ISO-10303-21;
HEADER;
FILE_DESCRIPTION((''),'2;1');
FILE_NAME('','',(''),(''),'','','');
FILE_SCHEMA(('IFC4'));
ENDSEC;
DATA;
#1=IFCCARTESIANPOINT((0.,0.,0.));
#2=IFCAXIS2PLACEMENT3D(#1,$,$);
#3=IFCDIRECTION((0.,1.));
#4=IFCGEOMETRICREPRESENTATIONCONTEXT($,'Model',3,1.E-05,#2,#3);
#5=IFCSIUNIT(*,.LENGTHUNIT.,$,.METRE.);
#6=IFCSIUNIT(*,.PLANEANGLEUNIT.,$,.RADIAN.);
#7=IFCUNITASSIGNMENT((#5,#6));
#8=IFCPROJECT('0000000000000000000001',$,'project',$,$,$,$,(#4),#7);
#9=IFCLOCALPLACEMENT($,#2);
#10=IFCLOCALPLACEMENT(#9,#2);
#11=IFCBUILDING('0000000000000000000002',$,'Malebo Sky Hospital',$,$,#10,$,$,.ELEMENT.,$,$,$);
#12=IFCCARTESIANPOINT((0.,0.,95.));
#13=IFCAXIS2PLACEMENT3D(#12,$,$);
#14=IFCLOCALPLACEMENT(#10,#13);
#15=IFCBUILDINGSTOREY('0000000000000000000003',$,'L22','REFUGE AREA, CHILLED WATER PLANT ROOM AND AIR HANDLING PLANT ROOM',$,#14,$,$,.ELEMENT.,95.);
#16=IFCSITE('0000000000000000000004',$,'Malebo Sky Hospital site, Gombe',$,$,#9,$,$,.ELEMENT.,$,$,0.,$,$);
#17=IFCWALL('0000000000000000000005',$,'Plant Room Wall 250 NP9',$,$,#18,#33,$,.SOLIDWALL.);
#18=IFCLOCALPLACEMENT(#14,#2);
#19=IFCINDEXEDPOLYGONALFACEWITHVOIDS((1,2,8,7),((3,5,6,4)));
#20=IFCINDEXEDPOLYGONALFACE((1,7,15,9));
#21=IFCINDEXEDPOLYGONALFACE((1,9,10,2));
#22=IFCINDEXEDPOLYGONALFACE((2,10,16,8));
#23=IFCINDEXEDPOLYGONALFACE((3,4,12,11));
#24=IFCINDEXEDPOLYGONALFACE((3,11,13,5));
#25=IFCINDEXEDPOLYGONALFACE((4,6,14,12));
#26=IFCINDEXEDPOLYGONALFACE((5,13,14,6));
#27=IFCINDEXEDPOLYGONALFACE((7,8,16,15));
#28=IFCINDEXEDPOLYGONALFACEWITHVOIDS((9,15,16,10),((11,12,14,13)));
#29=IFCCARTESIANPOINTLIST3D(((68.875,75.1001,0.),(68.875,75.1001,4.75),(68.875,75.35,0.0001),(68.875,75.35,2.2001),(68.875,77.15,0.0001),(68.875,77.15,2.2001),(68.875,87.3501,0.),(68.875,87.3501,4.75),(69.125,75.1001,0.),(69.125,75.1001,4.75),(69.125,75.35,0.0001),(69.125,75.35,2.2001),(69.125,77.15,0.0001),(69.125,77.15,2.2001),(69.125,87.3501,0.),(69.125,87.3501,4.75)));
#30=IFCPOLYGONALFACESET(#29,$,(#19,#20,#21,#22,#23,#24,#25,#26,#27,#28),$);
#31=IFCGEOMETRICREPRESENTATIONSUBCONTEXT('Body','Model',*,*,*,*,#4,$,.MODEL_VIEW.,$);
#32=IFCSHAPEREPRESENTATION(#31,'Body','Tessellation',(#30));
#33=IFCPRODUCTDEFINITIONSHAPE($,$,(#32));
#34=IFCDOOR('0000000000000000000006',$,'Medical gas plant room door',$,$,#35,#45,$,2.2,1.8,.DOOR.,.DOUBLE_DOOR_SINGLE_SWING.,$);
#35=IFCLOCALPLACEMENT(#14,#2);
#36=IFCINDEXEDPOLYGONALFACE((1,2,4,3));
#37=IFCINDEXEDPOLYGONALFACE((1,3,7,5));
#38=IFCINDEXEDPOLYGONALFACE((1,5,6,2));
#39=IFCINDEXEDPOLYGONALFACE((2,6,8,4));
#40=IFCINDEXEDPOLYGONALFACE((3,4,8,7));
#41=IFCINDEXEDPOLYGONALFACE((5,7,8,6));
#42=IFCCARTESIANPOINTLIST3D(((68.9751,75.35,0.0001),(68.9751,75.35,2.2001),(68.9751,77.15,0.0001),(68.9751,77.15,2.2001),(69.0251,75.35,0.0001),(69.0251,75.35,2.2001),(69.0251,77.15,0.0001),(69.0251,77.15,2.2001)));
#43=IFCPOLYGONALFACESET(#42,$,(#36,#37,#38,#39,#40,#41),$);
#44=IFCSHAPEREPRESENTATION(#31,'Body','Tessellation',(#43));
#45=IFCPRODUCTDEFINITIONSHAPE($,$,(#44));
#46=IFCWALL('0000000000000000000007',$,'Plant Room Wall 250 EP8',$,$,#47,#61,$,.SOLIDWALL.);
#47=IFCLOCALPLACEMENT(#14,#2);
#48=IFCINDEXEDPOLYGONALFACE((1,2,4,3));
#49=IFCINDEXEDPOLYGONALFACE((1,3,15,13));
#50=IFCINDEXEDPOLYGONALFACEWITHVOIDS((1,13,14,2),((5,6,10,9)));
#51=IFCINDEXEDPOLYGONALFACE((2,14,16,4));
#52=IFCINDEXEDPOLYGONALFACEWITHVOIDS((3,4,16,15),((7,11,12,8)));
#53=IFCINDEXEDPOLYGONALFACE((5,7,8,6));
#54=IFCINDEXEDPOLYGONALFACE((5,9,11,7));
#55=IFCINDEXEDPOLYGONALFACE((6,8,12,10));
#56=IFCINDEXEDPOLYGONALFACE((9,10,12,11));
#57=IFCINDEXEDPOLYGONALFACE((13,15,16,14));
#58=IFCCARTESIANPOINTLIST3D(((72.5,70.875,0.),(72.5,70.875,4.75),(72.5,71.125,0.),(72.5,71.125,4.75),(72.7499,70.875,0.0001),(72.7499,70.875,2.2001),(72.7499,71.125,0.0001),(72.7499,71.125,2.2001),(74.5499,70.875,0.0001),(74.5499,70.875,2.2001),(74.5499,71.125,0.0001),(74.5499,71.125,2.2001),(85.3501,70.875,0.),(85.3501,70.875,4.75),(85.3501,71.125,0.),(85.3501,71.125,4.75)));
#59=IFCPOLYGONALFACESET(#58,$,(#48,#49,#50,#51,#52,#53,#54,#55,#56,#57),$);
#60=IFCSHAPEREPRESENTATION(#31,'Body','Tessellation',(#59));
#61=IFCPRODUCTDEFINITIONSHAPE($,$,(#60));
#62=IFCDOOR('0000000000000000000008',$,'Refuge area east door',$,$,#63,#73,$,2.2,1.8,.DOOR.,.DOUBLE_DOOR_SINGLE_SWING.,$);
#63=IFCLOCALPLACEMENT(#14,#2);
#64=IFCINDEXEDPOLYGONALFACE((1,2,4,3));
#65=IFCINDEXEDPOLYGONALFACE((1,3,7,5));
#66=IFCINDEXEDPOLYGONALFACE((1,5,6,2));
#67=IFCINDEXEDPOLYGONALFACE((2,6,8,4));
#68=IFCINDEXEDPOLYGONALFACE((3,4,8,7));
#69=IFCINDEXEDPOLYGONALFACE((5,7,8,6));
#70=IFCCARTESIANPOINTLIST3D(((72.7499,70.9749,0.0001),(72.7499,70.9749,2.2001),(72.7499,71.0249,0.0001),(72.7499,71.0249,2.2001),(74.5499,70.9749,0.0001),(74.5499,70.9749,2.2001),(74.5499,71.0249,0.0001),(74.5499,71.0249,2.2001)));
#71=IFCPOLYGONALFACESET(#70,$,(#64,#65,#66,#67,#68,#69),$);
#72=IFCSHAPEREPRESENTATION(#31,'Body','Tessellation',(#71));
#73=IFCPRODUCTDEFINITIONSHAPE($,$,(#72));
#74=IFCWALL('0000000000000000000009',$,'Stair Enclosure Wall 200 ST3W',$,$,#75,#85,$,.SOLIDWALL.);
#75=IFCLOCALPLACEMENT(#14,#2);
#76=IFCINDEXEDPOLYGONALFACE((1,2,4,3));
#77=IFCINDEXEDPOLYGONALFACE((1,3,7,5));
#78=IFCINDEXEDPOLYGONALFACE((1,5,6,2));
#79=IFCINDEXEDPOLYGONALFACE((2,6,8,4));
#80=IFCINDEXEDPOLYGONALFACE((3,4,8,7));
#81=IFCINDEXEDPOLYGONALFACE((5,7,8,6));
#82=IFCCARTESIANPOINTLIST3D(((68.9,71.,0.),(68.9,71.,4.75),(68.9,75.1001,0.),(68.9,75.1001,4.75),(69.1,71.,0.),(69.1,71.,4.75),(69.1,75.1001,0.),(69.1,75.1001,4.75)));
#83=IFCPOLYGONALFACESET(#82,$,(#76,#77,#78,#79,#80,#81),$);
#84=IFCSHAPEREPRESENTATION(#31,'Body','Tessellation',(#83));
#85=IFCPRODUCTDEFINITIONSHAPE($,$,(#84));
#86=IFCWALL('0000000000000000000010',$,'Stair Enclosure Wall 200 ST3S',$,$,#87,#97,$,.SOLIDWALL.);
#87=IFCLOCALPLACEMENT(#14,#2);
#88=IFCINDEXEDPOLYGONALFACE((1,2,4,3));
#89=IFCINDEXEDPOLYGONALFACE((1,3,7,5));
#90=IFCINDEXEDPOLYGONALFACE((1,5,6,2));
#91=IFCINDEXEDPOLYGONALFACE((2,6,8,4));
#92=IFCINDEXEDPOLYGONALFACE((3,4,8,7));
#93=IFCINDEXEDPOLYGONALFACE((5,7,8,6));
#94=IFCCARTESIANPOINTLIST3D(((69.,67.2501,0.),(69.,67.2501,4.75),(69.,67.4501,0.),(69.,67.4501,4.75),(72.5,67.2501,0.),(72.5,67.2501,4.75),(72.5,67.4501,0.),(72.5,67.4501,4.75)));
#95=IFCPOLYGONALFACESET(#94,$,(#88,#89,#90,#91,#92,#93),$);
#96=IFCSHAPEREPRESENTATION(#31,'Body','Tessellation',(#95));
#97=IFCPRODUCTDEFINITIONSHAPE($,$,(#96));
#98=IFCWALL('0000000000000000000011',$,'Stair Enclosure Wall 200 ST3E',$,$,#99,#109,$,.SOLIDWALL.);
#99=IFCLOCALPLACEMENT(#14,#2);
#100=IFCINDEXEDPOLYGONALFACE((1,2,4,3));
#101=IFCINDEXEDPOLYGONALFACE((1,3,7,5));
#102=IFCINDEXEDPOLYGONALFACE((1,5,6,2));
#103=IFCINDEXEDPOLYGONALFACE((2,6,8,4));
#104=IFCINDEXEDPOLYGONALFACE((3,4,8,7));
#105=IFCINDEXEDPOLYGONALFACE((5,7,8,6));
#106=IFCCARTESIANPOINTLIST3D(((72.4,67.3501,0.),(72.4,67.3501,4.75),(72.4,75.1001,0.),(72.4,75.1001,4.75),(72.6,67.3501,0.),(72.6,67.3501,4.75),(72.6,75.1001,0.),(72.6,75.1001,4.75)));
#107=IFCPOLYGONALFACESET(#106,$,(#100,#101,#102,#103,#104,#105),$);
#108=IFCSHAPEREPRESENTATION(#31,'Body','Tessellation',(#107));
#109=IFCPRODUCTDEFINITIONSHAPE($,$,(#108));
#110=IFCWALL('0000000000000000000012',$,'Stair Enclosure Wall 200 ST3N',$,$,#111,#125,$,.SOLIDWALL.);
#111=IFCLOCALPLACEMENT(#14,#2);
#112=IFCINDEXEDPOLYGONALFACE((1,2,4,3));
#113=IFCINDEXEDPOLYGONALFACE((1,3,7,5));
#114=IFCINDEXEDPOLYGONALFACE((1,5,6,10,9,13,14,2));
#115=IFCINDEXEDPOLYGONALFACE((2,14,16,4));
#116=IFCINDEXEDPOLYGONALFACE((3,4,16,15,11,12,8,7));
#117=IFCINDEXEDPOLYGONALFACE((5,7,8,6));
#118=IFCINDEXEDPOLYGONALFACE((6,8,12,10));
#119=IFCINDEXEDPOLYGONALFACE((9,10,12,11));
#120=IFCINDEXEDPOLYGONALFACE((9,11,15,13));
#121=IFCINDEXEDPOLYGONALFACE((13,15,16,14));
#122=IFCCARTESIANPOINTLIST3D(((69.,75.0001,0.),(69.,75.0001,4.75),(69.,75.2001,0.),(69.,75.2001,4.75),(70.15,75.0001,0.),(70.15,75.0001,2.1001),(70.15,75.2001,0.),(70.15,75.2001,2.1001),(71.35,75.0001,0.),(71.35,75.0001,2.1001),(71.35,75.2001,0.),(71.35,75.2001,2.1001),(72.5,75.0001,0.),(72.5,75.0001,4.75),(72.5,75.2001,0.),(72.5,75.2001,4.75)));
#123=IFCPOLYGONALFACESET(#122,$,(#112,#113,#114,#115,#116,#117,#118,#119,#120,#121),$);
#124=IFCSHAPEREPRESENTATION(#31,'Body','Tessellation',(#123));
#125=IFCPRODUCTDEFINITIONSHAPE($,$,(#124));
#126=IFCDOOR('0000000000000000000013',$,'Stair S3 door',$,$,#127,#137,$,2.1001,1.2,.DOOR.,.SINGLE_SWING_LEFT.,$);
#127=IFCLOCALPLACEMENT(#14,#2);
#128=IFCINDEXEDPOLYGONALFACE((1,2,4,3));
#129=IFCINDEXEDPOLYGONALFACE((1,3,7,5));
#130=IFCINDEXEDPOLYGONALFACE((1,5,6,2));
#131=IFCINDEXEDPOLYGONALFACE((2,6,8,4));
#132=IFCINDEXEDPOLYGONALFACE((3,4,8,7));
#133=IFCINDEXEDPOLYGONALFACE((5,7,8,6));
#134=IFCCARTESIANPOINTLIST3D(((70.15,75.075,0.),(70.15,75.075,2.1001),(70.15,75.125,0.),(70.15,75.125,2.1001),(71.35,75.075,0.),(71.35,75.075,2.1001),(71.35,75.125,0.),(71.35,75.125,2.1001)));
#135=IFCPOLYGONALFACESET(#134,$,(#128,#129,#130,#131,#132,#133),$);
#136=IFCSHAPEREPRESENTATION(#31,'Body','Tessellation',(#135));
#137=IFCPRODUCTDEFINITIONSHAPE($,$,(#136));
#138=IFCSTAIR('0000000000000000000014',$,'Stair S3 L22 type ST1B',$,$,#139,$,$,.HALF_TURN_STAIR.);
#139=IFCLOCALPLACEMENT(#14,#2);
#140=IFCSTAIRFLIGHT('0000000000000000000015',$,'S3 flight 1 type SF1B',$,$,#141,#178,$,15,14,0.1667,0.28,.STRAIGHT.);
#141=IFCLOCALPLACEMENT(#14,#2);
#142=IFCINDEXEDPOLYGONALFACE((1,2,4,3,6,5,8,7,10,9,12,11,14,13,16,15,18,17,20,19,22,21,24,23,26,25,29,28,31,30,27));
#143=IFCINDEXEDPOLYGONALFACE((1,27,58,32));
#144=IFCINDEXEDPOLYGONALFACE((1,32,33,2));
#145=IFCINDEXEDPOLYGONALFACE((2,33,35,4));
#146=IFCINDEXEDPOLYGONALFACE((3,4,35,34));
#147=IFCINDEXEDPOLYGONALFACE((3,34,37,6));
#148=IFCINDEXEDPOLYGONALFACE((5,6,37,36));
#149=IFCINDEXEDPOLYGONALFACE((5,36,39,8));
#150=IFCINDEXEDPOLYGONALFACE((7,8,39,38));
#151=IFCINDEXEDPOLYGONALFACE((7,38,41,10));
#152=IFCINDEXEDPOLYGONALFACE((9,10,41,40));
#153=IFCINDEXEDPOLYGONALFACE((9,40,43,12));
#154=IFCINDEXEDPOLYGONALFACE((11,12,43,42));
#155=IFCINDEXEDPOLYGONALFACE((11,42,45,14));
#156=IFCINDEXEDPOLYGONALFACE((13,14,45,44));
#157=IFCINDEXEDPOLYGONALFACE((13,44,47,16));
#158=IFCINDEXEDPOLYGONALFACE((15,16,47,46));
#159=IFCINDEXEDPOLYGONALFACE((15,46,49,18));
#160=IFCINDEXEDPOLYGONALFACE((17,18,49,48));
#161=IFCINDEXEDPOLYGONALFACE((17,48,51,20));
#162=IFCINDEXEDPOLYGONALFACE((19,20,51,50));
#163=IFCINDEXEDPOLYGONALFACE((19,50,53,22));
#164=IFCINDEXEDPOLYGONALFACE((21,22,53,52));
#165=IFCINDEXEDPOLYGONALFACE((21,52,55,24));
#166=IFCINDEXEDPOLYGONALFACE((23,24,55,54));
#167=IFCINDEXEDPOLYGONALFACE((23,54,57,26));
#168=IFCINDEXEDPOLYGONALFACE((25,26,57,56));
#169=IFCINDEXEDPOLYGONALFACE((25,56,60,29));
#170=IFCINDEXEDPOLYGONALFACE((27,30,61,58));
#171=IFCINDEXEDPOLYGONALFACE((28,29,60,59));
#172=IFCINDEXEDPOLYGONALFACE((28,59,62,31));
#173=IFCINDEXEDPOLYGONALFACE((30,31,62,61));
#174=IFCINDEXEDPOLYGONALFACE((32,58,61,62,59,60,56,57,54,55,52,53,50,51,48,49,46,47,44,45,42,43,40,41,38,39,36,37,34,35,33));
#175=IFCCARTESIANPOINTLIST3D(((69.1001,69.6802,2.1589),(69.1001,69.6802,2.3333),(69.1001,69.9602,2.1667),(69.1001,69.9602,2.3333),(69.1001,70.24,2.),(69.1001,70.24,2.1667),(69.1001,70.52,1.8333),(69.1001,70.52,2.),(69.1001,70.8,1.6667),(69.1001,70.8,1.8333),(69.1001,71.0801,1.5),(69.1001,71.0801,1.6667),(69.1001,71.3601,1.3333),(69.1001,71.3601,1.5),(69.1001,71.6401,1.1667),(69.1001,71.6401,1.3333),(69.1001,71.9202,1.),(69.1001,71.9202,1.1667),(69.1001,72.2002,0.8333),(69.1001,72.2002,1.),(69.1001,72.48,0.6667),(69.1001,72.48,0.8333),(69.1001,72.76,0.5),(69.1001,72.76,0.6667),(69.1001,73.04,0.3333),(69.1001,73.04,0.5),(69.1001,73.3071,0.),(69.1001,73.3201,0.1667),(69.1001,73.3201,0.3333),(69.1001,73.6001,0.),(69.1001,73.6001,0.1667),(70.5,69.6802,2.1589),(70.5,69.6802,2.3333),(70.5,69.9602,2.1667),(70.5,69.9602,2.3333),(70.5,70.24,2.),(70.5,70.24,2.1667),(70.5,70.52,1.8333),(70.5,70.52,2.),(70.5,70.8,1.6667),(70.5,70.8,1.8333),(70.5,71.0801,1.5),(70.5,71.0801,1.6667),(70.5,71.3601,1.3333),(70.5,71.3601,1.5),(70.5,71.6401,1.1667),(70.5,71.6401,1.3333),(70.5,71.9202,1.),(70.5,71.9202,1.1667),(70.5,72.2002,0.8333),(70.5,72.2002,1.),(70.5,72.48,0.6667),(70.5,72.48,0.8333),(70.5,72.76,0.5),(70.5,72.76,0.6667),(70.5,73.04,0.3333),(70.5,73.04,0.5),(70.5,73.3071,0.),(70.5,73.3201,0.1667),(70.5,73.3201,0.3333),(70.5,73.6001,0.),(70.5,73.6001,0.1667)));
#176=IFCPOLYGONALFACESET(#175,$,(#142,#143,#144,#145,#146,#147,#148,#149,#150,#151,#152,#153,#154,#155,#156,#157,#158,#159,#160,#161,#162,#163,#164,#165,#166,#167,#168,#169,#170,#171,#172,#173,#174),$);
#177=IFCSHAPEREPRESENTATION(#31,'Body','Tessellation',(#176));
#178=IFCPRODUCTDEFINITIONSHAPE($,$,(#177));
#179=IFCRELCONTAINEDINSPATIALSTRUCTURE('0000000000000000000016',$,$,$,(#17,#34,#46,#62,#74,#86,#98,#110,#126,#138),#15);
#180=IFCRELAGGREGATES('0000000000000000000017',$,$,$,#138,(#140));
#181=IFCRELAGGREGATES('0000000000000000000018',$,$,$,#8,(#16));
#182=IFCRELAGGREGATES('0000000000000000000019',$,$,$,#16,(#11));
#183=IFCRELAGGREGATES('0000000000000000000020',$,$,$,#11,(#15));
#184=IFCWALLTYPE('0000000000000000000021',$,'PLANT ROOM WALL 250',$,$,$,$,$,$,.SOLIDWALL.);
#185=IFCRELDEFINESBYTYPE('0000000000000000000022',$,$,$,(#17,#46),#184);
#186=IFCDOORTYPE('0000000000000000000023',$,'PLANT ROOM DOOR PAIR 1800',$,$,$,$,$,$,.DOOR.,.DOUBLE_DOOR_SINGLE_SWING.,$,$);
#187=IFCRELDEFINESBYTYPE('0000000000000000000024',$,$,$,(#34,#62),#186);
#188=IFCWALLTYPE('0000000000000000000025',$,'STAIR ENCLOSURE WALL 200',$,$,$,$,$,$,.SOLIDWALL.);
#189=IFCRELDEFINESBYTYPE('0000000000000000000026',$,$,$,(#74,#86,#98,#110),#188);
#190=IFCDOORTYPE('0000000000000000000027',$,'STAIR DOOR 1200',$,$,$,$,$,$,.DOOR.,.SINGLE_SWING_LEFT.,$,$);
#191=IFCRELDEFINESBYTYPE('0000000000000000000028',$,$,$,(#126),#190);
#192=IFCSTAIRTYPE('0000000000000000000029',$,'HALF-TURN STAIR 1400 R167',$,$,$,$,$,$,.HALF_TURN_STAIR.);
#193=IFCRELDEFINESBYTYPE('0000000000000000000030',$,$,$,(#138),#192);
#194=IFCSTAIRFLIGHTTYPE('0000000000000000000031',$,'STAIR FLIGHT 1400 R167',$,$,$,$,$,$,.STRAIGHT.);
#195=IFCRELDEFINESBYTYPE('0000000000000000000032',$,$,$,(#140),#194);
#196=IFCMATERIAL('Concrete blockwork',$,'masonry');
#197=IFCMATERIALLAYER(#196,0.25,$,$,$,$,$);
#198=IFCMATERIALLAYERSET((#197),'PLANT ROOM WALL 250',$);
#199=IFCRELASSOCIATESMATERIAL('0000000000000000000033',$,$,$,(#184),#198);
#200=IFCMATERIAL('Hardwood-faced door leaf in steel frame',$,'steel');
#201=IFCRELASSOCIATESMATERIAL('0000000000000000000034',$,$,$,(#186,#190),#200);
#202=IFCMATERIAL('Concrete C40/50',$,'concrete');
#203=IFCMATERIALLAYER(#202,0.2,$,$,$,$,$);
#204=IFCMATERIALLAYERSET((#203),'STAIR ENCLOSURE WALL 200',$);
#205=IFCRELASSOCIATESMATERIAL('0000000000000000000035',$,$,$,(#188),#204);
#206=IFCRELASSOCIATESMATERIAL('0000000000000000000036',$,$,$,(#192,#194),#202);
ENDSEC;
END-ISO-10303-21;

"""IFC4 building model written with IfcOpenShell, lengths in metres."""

from ifc_helpers import new_model, si_unit, direction, frame, frame_2d, origin, place, context, subcontext, project, spatial, polyline, rectangle, outline, extrude, material, layer, layer_set, type_object, element, fill, aggregate, save


model = new_model("IFC4")

# Units and contexts
model_context = context("Model", 3, precision=1e-05, world=origin(), true_north=direction((0.0, 1.0)))
body_context = subcontext(model_context, "Body", "Model", "MODEL_VIEW")
ifc_project = project(units=[si_unit("LENGTHUNIT", "METRE"), si_unit("PLANEANGLEUNIT", "RADIAN")], contexts=[model_context])

# Site, building, storey
site_placement = place(None, origin())
site = spatial("IfcSite", under=ifc_project, at=site_placement, Name="Malebo Sky Hospital site, Gombe", CompositionType="ELEMENT", RefElevation=0.0)
building_placement = place(site_placement, origin())
building = spatial("IfcBuilding", under=site, at=building_placement, Name="Malebo Sky Hospital", CompositionType="ELEMENT")
storey_placement = place(building_placement, frame((0.0, 0.0, 95.0)))
storey = spatial("IfcBuildingStorey", under=building, at=storey_placement, Name="L22", Description="REFUGE AREA, CHILLED WATER PLANT ROOM AND AIR HANDLING PLANT ROOM", CompositionType="ELEMENT", Elevation=95.0)

# Walls, openings, doors
ifc_material_1 = material(Name="Concrete blockwork", Category="masonry")
ifc_layer_1 = layer(ifc_material_1, 0.25)
ifc_layer_set_1 = layer_set([ifc_layer_1], Name="PLANT ROOM WALL 250")
wall_type_1 = type_object("IfcWallType", Name="PLANT ROOM WALL 250", PredefinedType="SOLIDWALL", material=ifc_layer_set_1)
wall_1_placement = place(storey_placement, frame((69.0, 75.1001, 0.0), z_axis=(0.0, 0.0, 1.0), x_axis=(0.0, 1.0, 0.0)))
wall_1 = element("IfcWall", 1, at=wall_1_placement, inside=storey, type_object=wall_type_1, Name="Plant Room Wall 250 NP9", PredefinedType="SOLIDWALL", context=body_context, shape_type="SweptSolid", body=[
    extrude(rectangle(XDim=12.25, YDim=0.25, at=frame_2d((6.125, 0.0))), origin(), (0.0, 0.0, 1.0), 4.75),
])
opening_1_placement = place(wall_1_placement, frame((0.25, 0.0, 0.0)))
opening_1 = element("IfcOpeningElement", 2, at=opening_1_placement, cuts=wall_1, PredefinedType="OPENING", context=body_context, shape_type="SweptSolid", body=[
    extrude(rectangle(XDim=1.8, YDim=2.2, at=frame_2d((0.8999, 1.1001))), frame((0.0, 0.135, 0.0), z_axis=(0.0, -1.0, 0.0), x_axis=(1.0, 0.0, 0.0)), (0.0, 0.0, 1.0), 0.27),
])
ifc_material_2 = material(Name="Hardwood-faced door leaf in steel frame", Category="steel")
door_type_1 = type_object("IfcDoorType", Name="PLANT ROOM DOOR PAIR 1800", OperationType="DOUBLE_DOOR_SINGLE_SWING", PredefinedType="DOOR", material=ifc_material_2)
door_1_placement = place(opening_1_placement, origin())
door_1 = element("IfcDoor", 3, at=door_1_placement, inside=storey, type_object=door_type_1, Name="Medical gas plant room door", OperationType="DOUBLE_DOOR_SINGLE_SWING", OverallHeight=2.2, OverallWidth=1.8, PredefinedType="DOOR", context=body_context, shape_type="SweptSolid", body=[
    extrude(rectangle(XDim=1.8, YDim=2.2, at=frame_2d((0.8999, 1.1001))), frame((0.0, 0.0249, 0.0), z_axis=(0.0, -1.0, 0.0), x_axis=(1.0, 0.0, 0.0)), (0.0, 0.0, 1.0), 0.05),
])
fill(opening_1, door_1)
wall_2_placement = place(storey_placement, frame((72.5, 71.0, 0.0), z_axis=(0.0, 0.0, 1.0), x_axis=(1.0, 0.0, 0.0)))
wall_2 = element("IfcWall", 4, at=wall_2_placement, inside=storey, type_object=wall_type_1, Name="Plant Room Wall 250 EP8", PredefinedType="SOLIDWALL", context=body_context, shape_type="SweptSolid", body=[
    extrude(rectangle(XDim=12.8501, YDim=0.25, at=frame_2d((6.425, 0.0))), origin(), (0.0, 0.0, 1.0), 4.75),
])
opening_2_placement = place(wall_2_placement, frame((0.25, 0.0, 0.0)))
opening_2 = element("IfcOpeningElement", 5, at=opening_2_placement, cuts=wall_2, PredefinedType="OPENING", context=body_context, shape_type="SweptSolid", body=[
    extrude(rectangle(XDim=1.8, YDim=2.2, at=frame_2d((0.8999, 1.1001))), frame((0.0, 0.135, 0.0), z_axis=(0.0, -1.0, 0.0), x_axis=(1.0, 0.0, 0.0)), (0.0, 0.0, 1.0), 0.27),
])
door_2_placement = place(opening_2_placement, origin())
door_2 = element("IfcDoor", 6, at=door_2_placement, inside=storey, type_object=door_type_1, Name="Refuge area east door", OperationType="DOUBLE_DOOR_SINGLE_SWING", OverallHeight=2.2, OverallWidth=1.8, PredefinedType="DOOR", context=body_context, shape_type="SweptSolid", body=[
    extrude(rectangle(XDim=1.8, YDim=2.2, at=frame_2d((0.8999, 1.1001))), frame((0.0, 0.0249, 0.0), z_axis=(0.0, -1.0, 0.0), x_axis=(1.0, 0.0, 0.0)), (0.0, 0.0, 1.0), 0.05),
])
fill(opening_2, door_2)

# Walls
ifc_material_3 = material(Name="Concrete C40/50", Category="concrete")
ifc_layer_2 = layer(ifc_material_3, 0.2)
ifc_layer_set_2 = layer_set([ifc_layer_2], Name="STAIR ENCLOSURE WALL 200")
wall_type_2 = type_object("IfcWallType", Name="STAIR ENCLOSURE WALL 200", PredefinedType="SOLIDWALL", material=ifc_layer_set_2)
wall_3_placement = place(storey_placement, frame((69.0, 71.0, 0.0), z_axis=(0.0, 0.0, 1.0), x_axis=(0.0, 1.0, 0.0)))
element("IfcWall", 7, at=wall_3_placement, inside=storey, type_object=wall_type_2, Name="Stair Enclosure Wall 200 ST3W", PredefinedType="SOLIDWALL", context=body_context, shape_type="SweptSolid", body=[
    extrude(rectangle(XDim=4.1001, YDim=0.2, at=frame_2d((2.05, 0.0))), origin(), (0.0, 0.0, 1.0), 4.75),
])
wall_4_placement = place(storey_placement, frame((69.0, 67.3501, 0.0), z_axis=(0.0, 0.0, 1.0), x_axis=(1.0, 0.0, 0.0)))
element("IfcWall", 8, at=wall_4_placement, inside=storey, type_object=wall_type_2, Name="Stair Enclosure Wall 200 ST3S", PredefinedType="SOLIDWALL", context=body_context, shape_type="SweptSolid", body=[
    extrude(rectangle(XDim=3.5, YDim=0.2, at=frame_2d((1.75, 0.0))), origin(), (0.0, 0.0, 1.0), 4.75),
])
wall_5_placement = place(storey_placement, frame((72.5, 67.3501, 0.0), z_axis=(0.0, 0.0, 1.0), x_axis=(0.0, 1.0, 0.0)))
element("IfcWall", 9, at=wall_5_placement, inside=storey, type_object=wall_type_2, Name="Stair Enclosure Wall 200 ST3E", PredefinedType="SOLIDWALL", context=body_context, shape_type="SweptSolid", body=[
    extrude(rectangle(XDim=7.75, YDim=0.2, at=frame_2d((3.875, 0.0))), origin(), (0.0, 0.0, 1.0), 4.75),
])

# Wall, opening, door
wall_6_placement = place(storey_placement, frame((69.0, 75.1001, 0.0), z_axis=(0.0, 0.0, 1.0), x_axis=(1.0, 0.0, 0.0)))
wall_6 = element("IfcWall", 10, at=wall_6_placement, inside=storey, type_object=wall_type_2, Name="Stair Enclosure Wall 200 ST3N", PredefinedType="SOLIDWALL", context=body_context, shape_type="SweptSolid", body=[
    extrude(rectangle(XDim=3.5, YDim=0.2, at=frame_2d((1.75, 0.0))), origin(), (0.0, 0.0, 1.0), 4.75),
])
opening_3_placement = place(wall_6_placement, frame((1.1499, 0.0, 0.0)))
opening_3 = element("IfcOpeningElement", 11, at=opening_3_placement, cuts=wall_6, PredefinedType="OPENING", context=body_context, shape_type="SweptSolid", body=[
    extrude(rectangle(XDim=1.2, YDim=2.1001, at=frame_2d((0.6001, 1.05))), frame((0.0, 0.1099, 0.0), z_axis=(0.0, -1.0, 0.0), x_axis=(1.0, 0.0, 0.0)), (0.0, 0.0, 1.0), 0.22),
])
door_type_2 = type_object("IfcDoorType", Name="STAIR DOOR 1200", OperationType="SINGLE_SWING_LEFT", PredefinedType="DOOR", material=ifc_material_2)
door_3_placement = place(opening_3_placement, origin())
door_3 = element("IfcDoor", 12, at=door_3_placement, inside=storey, type_object=door_type_2, Name="Stair S3 door", OperationType="SINGLE_SWING_LEFT", OverallHeight=2.1001, OverallWidth=1.2, PredefinedType="DOOR", context=body_context, shape_type="SweptSolid", body=[
    extrude(rectangle(XDim=1.2, YDim=2.1001, at=frame_2d((0.6001, 1.05))), frame((0.0, 0.0249, 0.0), z_axis=(0.0, -1.0, 0.0), x_axis=(1.0, 0.0, 0.0)), (0.0, 0.0, 1.0), 0.05),
])
fill(opening_3, door_3)

# Stair, stair flight
stair_type = type_object("IfcStairType", Name="HALF-TURN STAIR 1400 R167", PredefinedType="HALF_TURN_STAIR", material=ifc_material_3)
stair_placement = place(storey_placement, origin())
stair = element("IfcStair", 13, at=stair_placement, inside=storey, type_object=stair_type, Name="Stair S3 L22 type ST1B", PredefinedType="HALF_TURN_STAIR")
stair_flight_type = type_object("IfcStairFlightType", Name="STAIR FLIGHT 1400 R167", PredefinedType="STRAIGHT", material=ifc_material_3)
stair_flight_placement = place(storey_placement, frame((69.8, 73.6001, 0.0), z_axis=(0.0, 0.0, 1.0), x_axis=(0.0, -1.0, 0.0)))
stair_flight = element("IfcStairFlight", 14, at=stair_flight_placement, type_object=stair_flight_type, Name="S3 flight 1 type SF1B", NumberOfRisers=15, NumberOfTreads=14, PredefinedType="STRAIGHT", RiserHeight=0.1667, TreadLength=0.28, context=body_context, shape_type="SweptSolid", body=[
    extrude(outline(polyline([(0.0, 0.0), (0.0, 0.1667), (0.28, 0.1667), (0.28, 0.3333), (0.5601, 0.3333), (0.5601, 0.5), (0.8401, 0.5), (0.8401, 0.6667), (1.1201, 0.6667), (1.1201, 0.8333), (1.3999, 0.8333), (1.3999, 1.0), (1.6799, 1.0), (1.6799, 1.1667), (1.96, 1.1667), (1.96, 1.3333), (2.24, 1.3333), (2.24, 1.5), (2.52, 1.5), (2.52, 1.6667), (2.8, 1.6667), (2.8, 1.8333), (3.0801, 1.8333), (3.0801, 2.0), (3.3601, 2.0), (3.3601, 2.1667), (3.6399, 2.1667), (3.6399, 2.3333), (3.9199, 2.3333), (3.9199, 2.5), (3.9199, 2.1589), (0.293, 0.0), (0.0, 0.0)])), frame((0.0, 0.7, 0.0), z_axis=(0.0, -1.0, 0.0), x_axis=(1.0, 0.0, 0.0)), (0.0, 0.0, 1.0), 1.3999),
])
aggregate(stair, [stair_flight])

save(model, "model.ifc")
